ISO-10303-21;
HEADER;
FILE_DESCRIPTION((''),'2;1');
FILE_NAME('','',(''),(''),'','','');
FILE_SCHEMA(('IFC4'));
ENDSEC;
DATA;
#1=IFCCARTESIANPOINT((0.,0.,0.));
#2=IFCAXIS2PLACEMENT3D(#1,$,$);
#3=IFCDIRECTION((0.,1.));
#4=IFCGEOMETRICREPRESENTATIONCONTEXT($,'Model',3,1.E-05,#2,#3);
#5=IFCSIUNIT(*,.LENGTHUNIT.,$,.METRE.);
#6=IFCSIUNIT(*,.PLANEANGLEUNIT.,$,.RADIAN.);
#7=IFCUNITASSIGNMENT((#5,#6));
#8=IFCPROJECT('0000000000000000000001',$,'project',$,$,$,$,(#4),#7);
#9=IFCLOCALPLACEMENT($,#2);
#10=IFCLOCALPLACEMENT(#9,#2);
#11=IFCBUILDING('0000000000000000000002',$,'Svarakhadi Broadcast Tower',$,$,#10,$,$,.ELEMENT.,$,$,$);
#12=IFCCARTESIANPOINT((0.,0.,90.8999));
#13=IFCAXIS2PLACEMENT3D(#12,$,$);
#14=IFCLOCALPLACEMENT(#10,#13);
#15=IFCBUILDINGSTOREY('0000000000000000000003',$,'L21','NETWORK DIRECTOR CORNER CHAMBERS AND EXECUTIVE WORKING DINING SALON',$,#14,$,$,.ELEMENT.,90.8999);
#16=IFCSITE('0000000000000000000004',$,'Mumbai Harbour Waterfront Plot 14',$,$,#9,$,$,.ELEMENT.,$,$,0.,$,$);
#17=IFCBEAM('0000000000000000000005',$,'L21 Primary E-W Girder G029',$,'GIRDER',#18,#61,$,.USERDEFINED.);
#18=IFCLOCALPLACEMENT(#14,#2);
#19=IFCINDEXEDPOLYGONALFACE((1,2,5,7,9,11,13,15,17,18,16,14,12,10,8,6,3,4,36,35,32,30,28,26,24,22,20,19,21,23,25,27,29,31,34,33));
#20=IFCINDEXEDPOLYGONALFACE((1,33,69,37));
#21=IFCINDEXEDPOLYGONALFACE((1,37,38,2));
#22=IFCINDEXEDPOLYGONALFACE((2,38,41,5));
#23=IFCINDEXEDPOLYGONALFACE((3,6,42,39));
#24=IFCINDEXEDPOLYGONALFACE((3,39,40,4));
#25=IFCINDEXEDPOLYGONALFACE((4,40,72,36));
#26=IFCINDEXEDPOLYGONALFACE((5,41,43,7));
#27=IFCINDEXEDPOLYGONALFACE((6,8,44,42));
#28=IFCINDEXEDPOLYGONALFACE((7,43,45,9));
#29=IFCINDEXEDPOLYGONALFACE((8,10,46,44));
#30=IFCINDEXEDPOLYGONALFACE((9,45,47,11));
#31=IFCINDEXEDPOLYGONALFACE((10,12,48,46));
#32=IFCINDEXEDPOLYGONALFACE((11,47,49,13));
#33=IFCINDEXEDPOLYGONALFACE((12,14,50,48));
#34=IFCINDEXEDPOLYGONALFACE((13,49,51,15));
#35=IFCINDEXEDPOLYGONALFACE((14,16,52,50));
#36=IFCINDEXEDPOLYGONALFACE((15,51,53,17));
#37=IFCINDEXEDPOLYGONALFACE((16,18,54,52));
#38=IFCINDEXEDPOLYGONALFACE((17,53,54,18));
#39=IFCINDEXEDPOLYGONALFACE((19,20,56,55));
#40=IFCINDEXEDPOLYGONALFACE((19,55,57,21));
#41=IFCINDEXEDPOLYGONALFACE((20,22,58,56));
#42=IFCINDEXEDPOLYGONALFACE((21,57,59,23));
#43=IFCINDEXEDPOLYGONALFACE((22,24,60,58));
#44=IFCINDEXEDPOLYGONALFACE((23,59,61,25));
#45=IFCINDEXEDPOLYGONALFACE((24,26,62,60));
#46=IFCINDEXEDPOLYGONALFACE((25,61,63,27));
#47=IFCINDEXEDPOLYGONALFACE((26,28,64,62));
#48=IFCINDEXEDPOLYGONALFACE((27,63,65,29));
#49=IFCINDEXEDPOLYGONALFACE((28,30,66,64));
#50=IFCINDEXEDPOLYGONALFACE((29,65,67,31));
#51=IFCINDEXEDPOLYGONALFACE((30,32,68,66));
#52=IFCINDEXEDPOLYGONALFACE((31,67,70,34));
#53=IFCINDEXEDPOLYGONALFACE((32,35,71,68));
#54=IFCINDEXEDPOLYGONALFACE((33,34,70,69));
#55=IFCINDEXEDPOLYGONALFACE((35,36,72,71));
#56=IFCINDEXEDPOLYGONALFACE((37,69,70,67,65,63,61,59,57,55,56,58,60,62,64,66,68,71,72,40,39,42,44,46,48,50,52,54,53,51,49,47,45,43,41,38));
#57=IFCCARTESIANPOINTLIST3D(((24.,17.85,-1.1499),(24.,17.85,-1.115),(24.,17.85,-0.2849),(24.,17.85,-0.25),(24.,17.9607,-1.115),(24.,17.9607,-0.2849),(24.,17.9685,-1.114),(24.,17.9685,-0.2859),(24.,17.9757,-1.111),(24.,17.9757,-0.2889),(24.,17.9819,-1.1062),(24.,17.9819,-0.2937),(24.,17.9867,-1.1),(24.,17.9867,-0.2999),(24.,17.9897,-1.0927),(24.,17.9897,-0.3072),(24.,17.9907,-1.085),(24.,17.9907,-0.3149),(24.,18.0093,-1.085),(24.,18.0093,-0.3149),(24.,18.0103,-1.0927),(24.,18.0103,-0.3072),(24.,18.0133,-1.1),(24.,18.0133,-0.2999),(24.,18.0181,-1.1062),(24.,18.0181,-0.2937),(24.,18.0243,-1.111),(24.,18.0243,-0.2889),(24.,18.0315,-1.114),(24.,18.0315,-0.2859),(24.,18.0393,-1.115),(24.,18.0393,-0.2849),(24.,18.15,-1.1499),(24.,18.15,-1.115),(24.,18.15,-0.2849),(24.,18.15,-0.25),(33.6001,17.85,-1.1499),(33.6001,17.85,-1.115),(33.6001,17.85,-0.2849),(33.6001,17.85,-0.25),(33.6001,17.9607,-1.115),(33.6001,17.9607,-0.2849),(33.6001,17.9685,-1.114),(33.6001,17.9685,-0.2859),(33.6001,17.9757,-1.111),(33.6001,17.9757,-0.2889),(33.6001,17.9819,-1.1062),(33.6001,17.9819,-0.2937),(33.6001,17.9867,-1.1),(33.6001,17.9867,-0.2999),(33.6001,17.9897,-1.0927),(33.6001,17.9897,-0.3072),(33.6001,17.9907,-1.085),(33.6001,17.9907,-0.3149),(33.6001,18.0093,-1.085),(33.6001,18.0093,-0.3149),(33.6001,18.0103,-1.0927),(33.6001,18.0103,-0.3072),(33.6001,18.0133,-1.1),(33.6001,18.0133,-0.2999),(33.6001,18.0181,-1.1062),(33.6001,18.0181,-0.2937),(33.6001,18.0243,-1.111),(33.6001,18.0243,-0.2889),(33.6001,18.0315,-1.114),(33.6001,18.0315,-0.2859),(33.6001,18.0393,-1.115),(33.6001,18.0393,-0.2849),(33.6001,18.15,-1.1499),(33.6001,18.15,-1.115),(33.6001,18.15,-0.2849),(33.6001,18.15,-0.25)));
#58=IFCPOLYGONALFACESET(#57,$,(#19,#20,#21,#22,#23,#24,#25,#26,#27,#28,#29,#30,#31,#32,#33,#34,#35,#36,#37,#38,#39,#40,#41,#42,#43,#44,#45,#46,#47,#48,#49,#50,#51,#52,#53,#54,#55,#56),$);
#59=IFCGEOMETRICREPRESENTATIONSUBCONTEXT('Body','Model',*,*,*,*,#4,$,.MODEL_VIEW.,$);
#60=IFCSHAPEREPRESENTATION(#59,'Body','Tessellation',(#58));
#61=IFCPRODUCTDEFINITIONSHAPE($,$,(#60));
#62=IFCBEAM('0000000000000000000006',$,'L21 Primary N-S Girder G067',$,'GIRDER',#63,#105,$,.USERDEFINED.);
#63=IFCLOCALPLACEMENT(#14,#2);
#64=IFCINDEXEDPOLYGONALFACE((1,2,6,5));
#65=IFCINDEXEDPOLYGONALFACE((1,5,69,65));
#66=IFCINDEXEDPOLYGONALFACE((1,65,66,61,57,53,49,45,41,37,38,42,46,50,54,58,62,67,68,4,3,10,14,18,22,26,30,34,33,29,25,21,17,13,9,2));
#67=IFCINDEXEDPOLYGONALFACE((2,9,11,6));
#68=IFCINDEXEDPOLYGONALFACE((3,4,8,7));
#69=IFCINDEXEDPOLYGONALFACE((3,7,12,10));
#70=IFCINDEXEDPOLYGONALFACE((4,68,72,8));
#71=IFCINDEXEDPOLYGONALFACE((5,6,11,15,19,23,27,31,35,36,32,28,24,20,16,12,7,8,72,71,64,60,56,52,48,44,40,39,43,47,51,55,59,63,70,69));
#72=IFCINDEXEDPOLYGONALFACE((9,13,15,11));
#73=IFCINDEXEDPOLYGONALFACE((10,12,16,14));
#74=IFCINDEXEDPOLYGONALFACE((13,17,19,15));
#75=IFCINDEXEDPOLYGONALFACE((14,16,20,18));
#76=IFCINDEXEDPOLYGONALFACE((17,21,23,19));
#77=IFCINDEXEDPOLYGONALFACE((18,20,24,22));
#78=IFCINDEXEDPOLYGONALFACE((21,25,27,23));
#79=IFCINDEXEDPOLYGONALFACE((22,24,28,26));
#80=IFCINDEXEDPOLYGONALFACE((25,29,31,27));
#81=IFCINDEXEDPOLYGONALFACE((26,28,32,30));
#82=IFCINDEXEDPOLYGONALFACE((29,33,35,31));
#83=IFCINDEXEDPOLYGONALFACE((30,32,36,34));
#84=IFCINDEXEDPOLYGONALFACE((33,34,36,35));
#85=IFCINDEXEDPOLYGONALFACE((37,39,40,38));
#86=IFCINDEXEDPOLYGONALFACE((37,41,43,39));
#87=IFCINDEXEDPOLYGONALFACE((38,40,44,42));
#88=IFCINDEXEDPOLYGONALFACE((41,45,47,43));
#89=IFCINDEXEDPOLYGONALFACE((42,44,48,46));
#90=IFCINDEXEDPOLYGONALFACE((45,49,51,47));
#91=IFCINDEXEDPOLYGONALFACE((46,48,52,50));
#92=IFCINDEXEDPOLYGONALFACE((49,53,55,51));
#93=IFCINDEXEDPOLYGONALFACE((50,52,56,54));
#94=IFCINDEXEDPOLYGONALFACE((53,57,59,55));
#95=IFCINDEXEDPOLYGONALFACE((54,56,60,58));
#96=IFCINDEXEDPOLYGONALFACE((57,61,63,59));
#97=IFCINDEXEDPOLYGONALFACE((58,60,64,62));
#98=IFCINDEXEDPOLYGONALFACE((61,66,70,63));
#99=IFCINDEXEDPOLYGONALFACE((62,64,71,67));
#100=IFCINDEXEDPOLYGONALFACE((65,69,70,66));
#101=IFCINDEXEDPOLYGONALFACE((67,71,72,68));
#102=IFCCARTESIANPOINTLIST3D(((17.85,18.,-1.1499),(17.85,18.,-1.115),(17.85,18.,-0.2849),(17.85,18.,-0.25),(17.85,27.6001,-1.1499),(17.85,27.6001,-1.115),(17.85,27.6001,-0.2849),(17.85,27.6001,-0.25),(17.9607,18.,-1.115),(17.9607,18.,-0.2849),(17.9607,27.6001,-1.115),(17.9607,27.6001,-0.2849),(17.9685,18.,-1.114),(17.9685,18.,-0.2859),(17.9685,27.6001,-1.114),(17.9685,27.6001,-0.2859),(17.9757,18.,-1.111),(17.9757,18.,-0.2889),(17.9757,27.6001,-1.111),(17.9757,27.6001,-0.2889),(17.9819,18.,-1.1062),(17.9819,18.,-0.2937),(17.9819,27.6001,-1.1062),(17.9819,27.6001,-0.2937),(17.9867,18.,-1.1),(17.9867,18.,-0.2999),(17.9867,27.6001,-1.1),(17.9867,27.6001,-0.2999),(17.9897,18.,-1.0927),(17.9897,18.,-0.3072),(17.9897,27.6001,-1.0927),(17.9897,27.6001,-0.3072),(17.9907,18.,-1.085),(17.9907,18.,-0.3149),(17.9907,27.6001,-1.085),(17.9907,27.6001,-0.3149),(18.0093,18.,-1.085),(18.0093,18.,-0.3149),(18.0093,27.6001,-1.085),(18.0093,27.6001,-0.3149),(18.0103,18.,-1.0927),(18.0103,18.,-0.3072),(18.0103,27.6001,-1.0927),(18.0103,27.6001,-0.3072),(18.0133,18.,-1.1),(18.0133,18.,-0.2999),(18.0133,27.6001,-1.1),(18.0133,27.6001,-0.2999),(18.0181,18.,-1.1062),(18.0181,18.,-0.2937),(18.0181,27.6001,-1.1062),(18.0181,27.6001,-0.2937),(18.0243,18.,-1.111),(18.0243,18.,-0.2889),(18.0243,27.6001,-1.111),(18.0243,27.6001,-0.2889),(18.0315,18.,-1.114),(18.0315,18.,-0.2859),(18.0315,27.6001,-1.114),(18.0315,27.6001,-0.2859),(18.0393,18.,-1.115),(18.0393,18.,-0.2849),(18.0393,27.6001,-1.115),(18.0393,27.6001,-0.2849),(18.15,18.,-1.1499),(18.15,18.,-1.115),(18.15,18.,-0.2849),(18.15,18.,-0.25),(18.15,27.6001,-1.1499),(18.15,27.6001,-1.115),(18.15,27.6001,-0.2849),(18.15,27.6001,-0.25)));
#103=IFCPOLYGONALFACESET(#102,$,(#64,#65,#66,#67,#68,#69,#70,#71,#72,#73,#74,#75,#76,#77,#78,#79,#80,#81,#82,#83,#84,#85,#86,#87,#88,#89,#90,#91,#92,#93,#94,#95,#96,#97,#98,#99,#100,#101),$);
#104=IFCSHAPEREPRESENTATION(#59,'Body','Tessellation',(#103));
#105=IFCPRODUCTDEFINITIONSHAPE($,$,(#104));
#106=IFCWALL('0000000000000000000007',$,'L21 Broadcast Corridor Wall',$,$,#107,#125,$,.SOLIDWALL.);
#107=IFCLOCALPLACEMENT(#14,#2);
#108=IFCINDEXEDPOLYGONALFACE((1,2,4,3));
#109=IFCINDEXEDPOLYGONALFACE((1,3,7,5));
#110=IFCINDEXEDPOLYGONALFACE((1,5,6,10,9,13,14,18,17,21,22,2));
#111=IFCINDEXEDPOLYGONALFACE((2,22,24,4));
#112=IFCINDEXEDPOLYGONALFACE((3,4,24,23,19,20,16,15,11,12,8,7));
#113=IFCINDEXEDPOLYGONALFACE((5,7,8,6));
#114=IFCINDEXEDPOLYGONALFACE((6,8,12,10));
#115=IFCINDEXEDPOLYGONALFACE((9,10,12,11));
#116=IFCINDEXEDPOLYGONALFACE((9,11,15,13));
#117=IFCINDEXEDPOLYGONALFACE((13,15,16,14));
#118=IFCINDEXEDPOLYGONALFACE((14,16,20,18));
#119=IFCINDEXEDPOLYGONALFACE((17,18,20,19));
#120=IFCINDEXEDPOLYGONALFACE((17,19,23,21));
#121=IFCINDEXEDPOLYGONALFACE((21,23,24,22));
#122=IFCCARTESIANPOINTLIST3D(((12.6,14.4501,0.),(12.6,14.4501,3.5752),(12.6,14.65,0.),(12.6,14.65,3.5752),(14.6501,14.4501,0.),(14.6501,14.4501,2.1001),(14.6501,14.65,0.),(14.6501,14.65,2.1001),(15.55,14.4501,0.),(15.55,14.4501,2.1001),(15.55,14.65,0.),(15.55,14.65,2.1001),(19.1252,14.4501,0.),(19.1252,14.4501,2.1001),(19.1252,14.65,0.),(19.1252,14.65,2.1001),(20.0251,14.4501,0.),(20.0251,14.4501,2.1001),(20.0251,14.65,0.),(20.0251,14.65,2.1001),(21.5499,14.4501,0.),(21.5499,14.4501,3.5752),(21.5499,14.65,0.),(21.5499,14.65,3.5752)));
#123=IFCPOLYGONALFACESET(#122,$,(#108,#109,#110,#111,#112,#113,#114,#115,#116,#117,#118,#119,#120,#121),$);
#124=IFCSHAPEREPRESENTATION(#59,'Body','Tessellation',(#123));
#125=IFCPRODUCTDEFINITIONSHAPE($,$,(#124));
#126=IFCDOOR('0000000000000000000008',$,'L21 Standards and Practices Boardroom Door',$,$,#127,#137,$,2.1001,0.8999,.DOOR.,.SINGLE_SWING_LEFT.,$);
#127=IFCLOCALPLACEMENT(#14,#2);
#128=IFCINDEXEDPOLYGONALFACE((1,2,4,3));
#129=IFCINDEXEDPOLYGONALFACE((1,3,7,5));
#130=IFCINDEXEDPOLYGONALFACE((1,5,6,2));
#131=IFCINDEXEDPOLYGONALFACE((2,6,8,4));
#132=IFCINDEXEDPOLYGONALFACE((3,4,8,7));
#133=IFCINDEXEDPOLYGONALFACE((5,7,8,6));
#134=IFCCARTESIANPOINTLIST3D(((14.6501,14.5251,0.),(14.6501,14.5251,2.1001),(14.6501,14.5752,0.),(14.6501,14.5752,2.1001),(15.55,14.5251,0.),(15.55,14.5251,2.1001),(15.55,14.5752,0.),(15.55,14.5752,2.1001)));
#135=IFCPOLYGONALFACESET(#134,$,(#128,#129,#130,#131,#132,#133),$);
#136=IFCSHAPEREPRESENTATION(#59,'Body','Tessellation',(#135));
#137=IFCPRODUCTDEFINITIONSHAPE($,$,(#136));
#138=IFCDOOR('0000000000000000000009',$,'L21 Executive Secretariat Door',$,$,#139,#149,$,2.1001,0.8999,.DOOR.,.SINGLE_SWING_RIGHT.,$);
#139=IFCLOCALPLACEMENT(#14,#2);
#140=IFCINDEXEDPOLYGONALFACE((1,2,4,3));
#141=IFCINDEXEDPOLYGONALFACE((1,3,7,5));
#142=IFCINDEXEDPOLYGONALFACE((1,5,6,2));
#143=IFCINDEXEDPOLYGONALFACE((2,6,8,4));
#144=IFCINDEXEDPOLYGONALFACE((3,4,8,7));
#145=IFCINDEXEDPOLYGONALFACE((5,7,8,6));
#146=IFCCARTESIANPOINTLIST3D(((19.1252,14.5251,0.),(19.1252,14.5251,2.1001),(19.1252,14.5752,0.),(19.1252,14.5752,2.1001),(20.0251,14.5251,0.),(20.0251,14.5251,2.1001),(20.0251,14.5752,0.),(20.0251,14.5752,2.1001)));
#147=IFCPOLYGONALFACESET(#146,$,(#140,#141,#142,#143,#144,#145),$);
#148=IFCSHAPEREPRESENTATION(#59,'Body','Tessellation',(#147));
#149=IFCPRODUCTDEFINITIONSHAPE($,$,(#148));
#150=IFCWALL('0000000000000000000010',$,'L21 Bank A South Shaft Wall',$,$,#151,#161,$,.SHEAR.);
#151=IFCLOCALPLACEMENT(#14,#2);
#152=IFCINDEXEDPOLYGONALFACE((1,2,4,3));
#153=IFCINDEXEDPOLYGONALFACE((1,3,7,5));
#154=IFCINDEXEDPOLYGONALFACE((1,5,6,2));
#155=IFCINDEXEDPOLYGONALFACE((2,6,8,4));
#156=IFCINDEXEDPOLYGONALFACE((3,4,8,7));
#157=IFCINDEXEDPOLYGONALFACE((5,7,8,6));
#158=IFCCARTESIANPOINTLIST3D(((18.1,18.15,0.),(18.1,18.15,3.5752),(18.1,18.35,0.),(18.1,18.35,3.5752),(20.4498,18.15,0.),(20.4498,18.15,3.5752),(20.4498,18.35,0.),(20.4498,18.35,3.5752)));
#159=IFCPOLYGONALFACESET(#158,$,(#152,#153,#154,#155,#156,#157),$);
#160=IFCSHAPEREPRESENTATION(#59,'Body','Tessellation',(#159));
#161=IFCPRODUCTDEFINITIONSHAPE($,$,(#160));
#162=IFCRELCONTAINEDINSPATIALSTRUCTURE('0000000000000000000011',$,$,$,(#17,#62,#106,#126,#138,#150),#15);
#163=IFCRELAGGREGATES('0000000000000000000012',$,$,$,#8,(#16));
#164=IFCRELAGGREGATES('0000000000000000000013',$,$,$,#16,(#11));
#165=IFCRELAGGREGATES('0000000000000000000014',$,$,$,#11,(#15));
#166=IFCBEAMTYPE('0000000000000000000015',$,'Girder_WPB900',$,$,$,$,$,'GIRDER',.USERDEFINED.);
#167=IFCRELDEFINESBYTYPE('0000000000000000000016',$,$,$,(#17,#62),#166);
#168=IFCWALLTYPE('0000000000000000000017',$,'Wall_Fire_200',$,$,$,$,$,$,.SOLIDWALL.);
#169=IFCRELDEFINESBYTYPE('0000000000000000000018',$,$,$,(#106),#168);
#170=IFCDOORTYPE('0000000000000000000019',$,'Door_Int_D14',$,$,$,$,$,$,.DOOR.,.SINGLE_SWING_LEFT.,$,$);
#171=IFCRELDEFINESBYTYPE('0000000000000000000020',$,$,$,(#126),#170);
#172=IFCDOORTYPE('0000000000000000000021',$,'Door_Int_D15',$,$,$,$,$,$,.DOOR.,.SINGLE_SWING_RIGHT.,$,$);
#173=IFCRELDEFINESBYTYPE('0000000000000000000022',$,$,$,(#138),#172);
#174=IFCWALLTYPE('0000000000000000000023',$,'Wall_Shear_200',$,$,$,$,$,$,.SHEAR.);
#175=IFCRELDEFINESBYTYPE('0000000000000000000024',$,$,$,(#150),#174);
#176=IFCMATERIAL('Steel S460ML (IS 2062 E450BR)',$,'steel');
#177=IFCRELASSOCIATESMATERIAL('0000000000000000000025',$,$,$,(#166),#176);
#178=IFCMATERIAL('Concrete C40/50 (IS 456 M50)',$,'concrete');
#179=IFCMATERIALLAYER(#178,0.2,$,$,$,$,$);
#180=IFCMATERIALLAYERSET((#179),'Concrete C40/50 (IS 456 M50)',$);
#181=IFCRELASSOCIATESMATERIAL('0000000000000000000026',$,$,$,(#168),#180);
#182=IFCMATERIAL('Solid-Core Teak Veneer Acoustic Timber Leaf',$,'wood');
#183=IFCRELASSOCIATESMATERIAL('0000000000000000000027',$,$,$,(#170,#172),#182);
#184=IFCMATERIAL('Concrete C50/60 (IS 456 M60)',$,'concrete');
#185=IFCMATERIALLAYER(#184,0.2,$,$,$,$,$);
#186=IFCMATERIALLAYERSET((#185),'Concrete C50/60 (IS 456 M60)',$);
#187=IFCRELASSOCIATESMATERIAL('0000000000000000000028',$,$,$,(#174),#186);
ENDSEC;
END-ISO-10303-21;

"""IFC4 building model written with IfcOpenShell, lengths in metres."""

from ifc_helpers import new_model, si_unit, direction, frame, frame_2d, origin, origin_2d, place, context, subcontext, project, spatial, rectangle, i_section, extrude, material, layer, layer_set, material_profile, profile_set, type_object, element, fill, save


model = new_model("IFC4")

# Units and contexts
model_context = context("Model", 3, precision=1e-05, world=origin(), true_north=direction((0.0, 1.0)))
body_context = subcontext(model_context, "Body", "Model", "MODEL_VIEW")
ifc_project = project(units=[si_unit("LENGTHUNIT", "METRE"), si_unit("PLANEANGLEUNIT", "RADIAN")], contexts=[model_context])

# Site, building, storey
site_placement = place(None, origin())
site = spatial("IfcSite", under=ifc_project, at=site_placement, Name="Mumbai Harbour Waterfront Plot 14", CompositionType="ELEMENT", RefElevation=0.0)
building_placement = place(site_placement, origin())
building = spatial("IfcBuilding", under=site, at=building_placement, Name="Svarakhadi Broadcast Tower", CompositionType="ELEMENT")
storey_placement = place(building_placement, frame((0.0, 0.0, 90.8999)))
storey = spatial("IfcBuildingStorey", under=building, at=storey_placement, Name="L21", Description="NETWORK DIRECTOR CORNER CHAMBERS AND EXECUTIVE WORKING DINING SALON", CompositionType="ELEMENT", Elevation=90.8999)

# Beams
ifc_material_1 = material(Name="Steel S460ML (IS 2062 E450BR)", Category="steel")
ifc_material_profile_1 = material_profile(ifc_material_1, i_section(OverallWidth=0.3, OverallDepth=0.8999, WebThickness=0.0186, FlangeThickness=0.0349, FilletRadius=0.03, at=origin_2d()), Name="WPB 900x300x291")
ifc_profile_set_1 = profile_set([ifc_material_profile_1], Name="Steel S460ML (IS 2062 E450BR)")
beam_type_1 = type_object("IfcBeamType", Name="Girder_WPB900", ElementType="GIRDER", PredefinedType="USERDEFINED", material=ifc_profile_set_1)
for number, where, z_axis, x_axis, name in (
    (1, (24.0, 18.0, -0.7), (1.0, 0.0, 0.0), (0.0, 1.0, 0.0), "L21 Primary E-W Girder G029"),
    (2, (18.0, 18.0, -0.7), (0.0, 1.0, 0.0), (-1.0, 0.0, 0.0), "L21 Primary N-S Girder G067"),
):
    element("IfcBeam", number, at=place(storey_placement, frame(where, z_axis=z_axis, x_axis=x_axis)), inside=storey, type_object=beam_type_1, Name=name, ObjectType="GIRDER", PredefinedType="USERDEFINED", context=body_context, shape_type="SweptSolid", body=[
        extrude(i_section(OverallWidth=0.3, OverallDepth=0.8999, WebThickness=0.0186, FlangeThickness=0.0349, FilletRadius=0.03, at=origin_2d()), origin(), (0.0, 0.0, 1.0), 9.6001),
    ])

# Wall, openings, doors
ifc_material_2 = material(Name="Concrete C40/50 (IS 456 M50)", Category="concrete")
ifc_layer_1 = layer(ifc_material_2, 0.2)
ifc_layer_set_1 = layer_set([ifc_layer_1], Name="Concrete C40/50 (IS 456 M50)")
wall_type_1 = type_object("IfcWallType", Name="Wall_Fire_200", PredefinedType="SOLIDWALL", material=ifc_layer_set_1)
wall_1_placement = place(storey_placement, frame((21.55, 14.55, 0.0), z_axis=(0.0, 0.0, 1.0), x_axis=(-1.0, 0.0, 0.0)))
wall_1 = element("IfcWall", 3, at=wall_1_placement, inside=storey, type_object=wall_type_1, Name="L21 Broadcast Corridor Wall", PredefinedType="SOLIDWALL", context=body_context, shape_type="SweptSolid", body=[
    extrude(rectangle(XDim=8.95, YDim=0.2, at=frame_2d((4.4751, 0.0))), origin(), (0.0, 0.0, 1.0), 3.5752),
])
opening_1_placement = place(wall_1_placement, frame((6.0, 0.0, 0.0)))
opening_1 = element("IfcOpeningElement", 4, at=opening_1_placement, cuts=wall_1, PredefinedType="OPENING", context=body_context, shape_type="SweptSolid", body=[
    extrude(rectangle(XDim=0.8999, YDim=2.1001, at=frame_2d((0.45, 1.05))), frame((0.0, 0.1099, 0.0), z_axis=(0.0, -1.0, 0.0), x_axis=(1.0, 0.0, 0.0)), (0.0, 0.0, 1.0), 0.22),
])
opening_2_placement = place(wall_1_placement, frame((1.5249, 0.0, 0.0)))
opening_2 = element("IfcOpeningElement", 5, at=opening_2_placement, cuts=wall_1, PredefinedType="OPENING", context=body_context, shape_type="SweptSolid", body=[
    extrude(rectangle(XDim=0.8999, YDim=2.1001, at=frame_2d((0.45, 1.05))), frame((0.0, 0.1099, 0.0), z_axis=(0.0, -1.0, 0.0), x_axis=(1.0, 0.0, 0.0)), (0.0, 0.0, 1.0), 0.22),
])
ifc_material_3 = material(Name="Solid-Core Teak Veneer Acoustic Timber Leaf", Category="wood")
door_type_1 = type_object("IfcDoorType", Name="Door_Int_D14", OperationType="SINGLE_SWING_LEFT", PredefinedType="DOOR", material=ifc_material_3)
door_1_placement = place(opening_1_placement, origin())
door_1 = element("IfcDoor", 6, at=door_1_placement, inside=storey, type_object=door_type_1, Name="L21 Standards and Practices Boardroom Door", OperationType="SINGLE_SWING_LEFT", OverallHeight=2.1001, OverallWidth=0.8999, PredefinedType="DOOR", context=body_context, shape_type="SweptSolid", body=[
    extrude(rectangle(XDim=0.8999, YDim=2.1001, at=frame_2d((0.45, 1.05))), frame((0.0, 0.0249, 0.0), z_axis=(0.0, -1.0, 0.0), x_axis=(1.0, 0.0, 0.0)), (0.0, 0.0, 1.0), 0.05),
])
fill(opening_1, door_1)
door_type_2 = type_object("IfcDoorType", Name="Door_Int_D15", OperationType="SINGLE_SWING_RIGHT", PredefinedType="DOOR", material=ifc_material_3)
door_2_placement = place(opening_2_placement, origin())
door_2 = element("IfcDoor", 7, at=door_2_placement, inside=storey, type_object=door_type_2, Name="L21 Executive Secretariat Door", OperationType="SINGLE_SWING_RIGHT", OverallHeight=2.1001, OverallWidth=0.8999, PredefinedType="DOOR", context=body_context, shape_type="SweptSolid", body=[
    extrude(rectangle(XDim=0.8999, YDim=2.1001, at=frame_2d((0.45, 1.05))), frame((0.0, 0.0249, 0.0), z_axis=(0.0, -1.0, 0.0), x_axis=(1.0, 0.0, 0.0)), (0.0, 0.0, 1.0), 0.05),
])
fill(opening_2, door_2)

# Wall
ifc_material_4 = material(Name="Concrete C50/60 (IS 456 M60)", Category="concrete")
ifc_layer_2 = layer(ifc_material_4, 0.2)
ifc_layer_set_2 = layer_set([ifc_layer_2], Name="Concrete C50/60 (IS 456 M60)")
wall_type_2 = type_object("IfcWallType", Name="Wall_Shear_200", PredefinedType="SHEAR", material=ifc_layer_set_2)
wall_2_placement = place(storey_placement, frame((18.1001, 18.25, 0.0), z_axis=(0.0, 0.0, 1.0), x_axis=(1.0, 0.0, 0.0)))
element("IfcWall", 8, at=wall_2_placement, inside=storey, type_object=wall_type_2, Name="L21 Bank A South Shaft Wall", PredefinedType="SHEAR", context=body_context, shape_type="SweptSolid", body=[
    extrude(rectangle(XDim=2.3499, YDim=0.2, at=frame_2d((1.1748, 0.0))), origin(), (0.0, 0.0, 1.0), 3.5752),
])

save(model, "model.ifc")
